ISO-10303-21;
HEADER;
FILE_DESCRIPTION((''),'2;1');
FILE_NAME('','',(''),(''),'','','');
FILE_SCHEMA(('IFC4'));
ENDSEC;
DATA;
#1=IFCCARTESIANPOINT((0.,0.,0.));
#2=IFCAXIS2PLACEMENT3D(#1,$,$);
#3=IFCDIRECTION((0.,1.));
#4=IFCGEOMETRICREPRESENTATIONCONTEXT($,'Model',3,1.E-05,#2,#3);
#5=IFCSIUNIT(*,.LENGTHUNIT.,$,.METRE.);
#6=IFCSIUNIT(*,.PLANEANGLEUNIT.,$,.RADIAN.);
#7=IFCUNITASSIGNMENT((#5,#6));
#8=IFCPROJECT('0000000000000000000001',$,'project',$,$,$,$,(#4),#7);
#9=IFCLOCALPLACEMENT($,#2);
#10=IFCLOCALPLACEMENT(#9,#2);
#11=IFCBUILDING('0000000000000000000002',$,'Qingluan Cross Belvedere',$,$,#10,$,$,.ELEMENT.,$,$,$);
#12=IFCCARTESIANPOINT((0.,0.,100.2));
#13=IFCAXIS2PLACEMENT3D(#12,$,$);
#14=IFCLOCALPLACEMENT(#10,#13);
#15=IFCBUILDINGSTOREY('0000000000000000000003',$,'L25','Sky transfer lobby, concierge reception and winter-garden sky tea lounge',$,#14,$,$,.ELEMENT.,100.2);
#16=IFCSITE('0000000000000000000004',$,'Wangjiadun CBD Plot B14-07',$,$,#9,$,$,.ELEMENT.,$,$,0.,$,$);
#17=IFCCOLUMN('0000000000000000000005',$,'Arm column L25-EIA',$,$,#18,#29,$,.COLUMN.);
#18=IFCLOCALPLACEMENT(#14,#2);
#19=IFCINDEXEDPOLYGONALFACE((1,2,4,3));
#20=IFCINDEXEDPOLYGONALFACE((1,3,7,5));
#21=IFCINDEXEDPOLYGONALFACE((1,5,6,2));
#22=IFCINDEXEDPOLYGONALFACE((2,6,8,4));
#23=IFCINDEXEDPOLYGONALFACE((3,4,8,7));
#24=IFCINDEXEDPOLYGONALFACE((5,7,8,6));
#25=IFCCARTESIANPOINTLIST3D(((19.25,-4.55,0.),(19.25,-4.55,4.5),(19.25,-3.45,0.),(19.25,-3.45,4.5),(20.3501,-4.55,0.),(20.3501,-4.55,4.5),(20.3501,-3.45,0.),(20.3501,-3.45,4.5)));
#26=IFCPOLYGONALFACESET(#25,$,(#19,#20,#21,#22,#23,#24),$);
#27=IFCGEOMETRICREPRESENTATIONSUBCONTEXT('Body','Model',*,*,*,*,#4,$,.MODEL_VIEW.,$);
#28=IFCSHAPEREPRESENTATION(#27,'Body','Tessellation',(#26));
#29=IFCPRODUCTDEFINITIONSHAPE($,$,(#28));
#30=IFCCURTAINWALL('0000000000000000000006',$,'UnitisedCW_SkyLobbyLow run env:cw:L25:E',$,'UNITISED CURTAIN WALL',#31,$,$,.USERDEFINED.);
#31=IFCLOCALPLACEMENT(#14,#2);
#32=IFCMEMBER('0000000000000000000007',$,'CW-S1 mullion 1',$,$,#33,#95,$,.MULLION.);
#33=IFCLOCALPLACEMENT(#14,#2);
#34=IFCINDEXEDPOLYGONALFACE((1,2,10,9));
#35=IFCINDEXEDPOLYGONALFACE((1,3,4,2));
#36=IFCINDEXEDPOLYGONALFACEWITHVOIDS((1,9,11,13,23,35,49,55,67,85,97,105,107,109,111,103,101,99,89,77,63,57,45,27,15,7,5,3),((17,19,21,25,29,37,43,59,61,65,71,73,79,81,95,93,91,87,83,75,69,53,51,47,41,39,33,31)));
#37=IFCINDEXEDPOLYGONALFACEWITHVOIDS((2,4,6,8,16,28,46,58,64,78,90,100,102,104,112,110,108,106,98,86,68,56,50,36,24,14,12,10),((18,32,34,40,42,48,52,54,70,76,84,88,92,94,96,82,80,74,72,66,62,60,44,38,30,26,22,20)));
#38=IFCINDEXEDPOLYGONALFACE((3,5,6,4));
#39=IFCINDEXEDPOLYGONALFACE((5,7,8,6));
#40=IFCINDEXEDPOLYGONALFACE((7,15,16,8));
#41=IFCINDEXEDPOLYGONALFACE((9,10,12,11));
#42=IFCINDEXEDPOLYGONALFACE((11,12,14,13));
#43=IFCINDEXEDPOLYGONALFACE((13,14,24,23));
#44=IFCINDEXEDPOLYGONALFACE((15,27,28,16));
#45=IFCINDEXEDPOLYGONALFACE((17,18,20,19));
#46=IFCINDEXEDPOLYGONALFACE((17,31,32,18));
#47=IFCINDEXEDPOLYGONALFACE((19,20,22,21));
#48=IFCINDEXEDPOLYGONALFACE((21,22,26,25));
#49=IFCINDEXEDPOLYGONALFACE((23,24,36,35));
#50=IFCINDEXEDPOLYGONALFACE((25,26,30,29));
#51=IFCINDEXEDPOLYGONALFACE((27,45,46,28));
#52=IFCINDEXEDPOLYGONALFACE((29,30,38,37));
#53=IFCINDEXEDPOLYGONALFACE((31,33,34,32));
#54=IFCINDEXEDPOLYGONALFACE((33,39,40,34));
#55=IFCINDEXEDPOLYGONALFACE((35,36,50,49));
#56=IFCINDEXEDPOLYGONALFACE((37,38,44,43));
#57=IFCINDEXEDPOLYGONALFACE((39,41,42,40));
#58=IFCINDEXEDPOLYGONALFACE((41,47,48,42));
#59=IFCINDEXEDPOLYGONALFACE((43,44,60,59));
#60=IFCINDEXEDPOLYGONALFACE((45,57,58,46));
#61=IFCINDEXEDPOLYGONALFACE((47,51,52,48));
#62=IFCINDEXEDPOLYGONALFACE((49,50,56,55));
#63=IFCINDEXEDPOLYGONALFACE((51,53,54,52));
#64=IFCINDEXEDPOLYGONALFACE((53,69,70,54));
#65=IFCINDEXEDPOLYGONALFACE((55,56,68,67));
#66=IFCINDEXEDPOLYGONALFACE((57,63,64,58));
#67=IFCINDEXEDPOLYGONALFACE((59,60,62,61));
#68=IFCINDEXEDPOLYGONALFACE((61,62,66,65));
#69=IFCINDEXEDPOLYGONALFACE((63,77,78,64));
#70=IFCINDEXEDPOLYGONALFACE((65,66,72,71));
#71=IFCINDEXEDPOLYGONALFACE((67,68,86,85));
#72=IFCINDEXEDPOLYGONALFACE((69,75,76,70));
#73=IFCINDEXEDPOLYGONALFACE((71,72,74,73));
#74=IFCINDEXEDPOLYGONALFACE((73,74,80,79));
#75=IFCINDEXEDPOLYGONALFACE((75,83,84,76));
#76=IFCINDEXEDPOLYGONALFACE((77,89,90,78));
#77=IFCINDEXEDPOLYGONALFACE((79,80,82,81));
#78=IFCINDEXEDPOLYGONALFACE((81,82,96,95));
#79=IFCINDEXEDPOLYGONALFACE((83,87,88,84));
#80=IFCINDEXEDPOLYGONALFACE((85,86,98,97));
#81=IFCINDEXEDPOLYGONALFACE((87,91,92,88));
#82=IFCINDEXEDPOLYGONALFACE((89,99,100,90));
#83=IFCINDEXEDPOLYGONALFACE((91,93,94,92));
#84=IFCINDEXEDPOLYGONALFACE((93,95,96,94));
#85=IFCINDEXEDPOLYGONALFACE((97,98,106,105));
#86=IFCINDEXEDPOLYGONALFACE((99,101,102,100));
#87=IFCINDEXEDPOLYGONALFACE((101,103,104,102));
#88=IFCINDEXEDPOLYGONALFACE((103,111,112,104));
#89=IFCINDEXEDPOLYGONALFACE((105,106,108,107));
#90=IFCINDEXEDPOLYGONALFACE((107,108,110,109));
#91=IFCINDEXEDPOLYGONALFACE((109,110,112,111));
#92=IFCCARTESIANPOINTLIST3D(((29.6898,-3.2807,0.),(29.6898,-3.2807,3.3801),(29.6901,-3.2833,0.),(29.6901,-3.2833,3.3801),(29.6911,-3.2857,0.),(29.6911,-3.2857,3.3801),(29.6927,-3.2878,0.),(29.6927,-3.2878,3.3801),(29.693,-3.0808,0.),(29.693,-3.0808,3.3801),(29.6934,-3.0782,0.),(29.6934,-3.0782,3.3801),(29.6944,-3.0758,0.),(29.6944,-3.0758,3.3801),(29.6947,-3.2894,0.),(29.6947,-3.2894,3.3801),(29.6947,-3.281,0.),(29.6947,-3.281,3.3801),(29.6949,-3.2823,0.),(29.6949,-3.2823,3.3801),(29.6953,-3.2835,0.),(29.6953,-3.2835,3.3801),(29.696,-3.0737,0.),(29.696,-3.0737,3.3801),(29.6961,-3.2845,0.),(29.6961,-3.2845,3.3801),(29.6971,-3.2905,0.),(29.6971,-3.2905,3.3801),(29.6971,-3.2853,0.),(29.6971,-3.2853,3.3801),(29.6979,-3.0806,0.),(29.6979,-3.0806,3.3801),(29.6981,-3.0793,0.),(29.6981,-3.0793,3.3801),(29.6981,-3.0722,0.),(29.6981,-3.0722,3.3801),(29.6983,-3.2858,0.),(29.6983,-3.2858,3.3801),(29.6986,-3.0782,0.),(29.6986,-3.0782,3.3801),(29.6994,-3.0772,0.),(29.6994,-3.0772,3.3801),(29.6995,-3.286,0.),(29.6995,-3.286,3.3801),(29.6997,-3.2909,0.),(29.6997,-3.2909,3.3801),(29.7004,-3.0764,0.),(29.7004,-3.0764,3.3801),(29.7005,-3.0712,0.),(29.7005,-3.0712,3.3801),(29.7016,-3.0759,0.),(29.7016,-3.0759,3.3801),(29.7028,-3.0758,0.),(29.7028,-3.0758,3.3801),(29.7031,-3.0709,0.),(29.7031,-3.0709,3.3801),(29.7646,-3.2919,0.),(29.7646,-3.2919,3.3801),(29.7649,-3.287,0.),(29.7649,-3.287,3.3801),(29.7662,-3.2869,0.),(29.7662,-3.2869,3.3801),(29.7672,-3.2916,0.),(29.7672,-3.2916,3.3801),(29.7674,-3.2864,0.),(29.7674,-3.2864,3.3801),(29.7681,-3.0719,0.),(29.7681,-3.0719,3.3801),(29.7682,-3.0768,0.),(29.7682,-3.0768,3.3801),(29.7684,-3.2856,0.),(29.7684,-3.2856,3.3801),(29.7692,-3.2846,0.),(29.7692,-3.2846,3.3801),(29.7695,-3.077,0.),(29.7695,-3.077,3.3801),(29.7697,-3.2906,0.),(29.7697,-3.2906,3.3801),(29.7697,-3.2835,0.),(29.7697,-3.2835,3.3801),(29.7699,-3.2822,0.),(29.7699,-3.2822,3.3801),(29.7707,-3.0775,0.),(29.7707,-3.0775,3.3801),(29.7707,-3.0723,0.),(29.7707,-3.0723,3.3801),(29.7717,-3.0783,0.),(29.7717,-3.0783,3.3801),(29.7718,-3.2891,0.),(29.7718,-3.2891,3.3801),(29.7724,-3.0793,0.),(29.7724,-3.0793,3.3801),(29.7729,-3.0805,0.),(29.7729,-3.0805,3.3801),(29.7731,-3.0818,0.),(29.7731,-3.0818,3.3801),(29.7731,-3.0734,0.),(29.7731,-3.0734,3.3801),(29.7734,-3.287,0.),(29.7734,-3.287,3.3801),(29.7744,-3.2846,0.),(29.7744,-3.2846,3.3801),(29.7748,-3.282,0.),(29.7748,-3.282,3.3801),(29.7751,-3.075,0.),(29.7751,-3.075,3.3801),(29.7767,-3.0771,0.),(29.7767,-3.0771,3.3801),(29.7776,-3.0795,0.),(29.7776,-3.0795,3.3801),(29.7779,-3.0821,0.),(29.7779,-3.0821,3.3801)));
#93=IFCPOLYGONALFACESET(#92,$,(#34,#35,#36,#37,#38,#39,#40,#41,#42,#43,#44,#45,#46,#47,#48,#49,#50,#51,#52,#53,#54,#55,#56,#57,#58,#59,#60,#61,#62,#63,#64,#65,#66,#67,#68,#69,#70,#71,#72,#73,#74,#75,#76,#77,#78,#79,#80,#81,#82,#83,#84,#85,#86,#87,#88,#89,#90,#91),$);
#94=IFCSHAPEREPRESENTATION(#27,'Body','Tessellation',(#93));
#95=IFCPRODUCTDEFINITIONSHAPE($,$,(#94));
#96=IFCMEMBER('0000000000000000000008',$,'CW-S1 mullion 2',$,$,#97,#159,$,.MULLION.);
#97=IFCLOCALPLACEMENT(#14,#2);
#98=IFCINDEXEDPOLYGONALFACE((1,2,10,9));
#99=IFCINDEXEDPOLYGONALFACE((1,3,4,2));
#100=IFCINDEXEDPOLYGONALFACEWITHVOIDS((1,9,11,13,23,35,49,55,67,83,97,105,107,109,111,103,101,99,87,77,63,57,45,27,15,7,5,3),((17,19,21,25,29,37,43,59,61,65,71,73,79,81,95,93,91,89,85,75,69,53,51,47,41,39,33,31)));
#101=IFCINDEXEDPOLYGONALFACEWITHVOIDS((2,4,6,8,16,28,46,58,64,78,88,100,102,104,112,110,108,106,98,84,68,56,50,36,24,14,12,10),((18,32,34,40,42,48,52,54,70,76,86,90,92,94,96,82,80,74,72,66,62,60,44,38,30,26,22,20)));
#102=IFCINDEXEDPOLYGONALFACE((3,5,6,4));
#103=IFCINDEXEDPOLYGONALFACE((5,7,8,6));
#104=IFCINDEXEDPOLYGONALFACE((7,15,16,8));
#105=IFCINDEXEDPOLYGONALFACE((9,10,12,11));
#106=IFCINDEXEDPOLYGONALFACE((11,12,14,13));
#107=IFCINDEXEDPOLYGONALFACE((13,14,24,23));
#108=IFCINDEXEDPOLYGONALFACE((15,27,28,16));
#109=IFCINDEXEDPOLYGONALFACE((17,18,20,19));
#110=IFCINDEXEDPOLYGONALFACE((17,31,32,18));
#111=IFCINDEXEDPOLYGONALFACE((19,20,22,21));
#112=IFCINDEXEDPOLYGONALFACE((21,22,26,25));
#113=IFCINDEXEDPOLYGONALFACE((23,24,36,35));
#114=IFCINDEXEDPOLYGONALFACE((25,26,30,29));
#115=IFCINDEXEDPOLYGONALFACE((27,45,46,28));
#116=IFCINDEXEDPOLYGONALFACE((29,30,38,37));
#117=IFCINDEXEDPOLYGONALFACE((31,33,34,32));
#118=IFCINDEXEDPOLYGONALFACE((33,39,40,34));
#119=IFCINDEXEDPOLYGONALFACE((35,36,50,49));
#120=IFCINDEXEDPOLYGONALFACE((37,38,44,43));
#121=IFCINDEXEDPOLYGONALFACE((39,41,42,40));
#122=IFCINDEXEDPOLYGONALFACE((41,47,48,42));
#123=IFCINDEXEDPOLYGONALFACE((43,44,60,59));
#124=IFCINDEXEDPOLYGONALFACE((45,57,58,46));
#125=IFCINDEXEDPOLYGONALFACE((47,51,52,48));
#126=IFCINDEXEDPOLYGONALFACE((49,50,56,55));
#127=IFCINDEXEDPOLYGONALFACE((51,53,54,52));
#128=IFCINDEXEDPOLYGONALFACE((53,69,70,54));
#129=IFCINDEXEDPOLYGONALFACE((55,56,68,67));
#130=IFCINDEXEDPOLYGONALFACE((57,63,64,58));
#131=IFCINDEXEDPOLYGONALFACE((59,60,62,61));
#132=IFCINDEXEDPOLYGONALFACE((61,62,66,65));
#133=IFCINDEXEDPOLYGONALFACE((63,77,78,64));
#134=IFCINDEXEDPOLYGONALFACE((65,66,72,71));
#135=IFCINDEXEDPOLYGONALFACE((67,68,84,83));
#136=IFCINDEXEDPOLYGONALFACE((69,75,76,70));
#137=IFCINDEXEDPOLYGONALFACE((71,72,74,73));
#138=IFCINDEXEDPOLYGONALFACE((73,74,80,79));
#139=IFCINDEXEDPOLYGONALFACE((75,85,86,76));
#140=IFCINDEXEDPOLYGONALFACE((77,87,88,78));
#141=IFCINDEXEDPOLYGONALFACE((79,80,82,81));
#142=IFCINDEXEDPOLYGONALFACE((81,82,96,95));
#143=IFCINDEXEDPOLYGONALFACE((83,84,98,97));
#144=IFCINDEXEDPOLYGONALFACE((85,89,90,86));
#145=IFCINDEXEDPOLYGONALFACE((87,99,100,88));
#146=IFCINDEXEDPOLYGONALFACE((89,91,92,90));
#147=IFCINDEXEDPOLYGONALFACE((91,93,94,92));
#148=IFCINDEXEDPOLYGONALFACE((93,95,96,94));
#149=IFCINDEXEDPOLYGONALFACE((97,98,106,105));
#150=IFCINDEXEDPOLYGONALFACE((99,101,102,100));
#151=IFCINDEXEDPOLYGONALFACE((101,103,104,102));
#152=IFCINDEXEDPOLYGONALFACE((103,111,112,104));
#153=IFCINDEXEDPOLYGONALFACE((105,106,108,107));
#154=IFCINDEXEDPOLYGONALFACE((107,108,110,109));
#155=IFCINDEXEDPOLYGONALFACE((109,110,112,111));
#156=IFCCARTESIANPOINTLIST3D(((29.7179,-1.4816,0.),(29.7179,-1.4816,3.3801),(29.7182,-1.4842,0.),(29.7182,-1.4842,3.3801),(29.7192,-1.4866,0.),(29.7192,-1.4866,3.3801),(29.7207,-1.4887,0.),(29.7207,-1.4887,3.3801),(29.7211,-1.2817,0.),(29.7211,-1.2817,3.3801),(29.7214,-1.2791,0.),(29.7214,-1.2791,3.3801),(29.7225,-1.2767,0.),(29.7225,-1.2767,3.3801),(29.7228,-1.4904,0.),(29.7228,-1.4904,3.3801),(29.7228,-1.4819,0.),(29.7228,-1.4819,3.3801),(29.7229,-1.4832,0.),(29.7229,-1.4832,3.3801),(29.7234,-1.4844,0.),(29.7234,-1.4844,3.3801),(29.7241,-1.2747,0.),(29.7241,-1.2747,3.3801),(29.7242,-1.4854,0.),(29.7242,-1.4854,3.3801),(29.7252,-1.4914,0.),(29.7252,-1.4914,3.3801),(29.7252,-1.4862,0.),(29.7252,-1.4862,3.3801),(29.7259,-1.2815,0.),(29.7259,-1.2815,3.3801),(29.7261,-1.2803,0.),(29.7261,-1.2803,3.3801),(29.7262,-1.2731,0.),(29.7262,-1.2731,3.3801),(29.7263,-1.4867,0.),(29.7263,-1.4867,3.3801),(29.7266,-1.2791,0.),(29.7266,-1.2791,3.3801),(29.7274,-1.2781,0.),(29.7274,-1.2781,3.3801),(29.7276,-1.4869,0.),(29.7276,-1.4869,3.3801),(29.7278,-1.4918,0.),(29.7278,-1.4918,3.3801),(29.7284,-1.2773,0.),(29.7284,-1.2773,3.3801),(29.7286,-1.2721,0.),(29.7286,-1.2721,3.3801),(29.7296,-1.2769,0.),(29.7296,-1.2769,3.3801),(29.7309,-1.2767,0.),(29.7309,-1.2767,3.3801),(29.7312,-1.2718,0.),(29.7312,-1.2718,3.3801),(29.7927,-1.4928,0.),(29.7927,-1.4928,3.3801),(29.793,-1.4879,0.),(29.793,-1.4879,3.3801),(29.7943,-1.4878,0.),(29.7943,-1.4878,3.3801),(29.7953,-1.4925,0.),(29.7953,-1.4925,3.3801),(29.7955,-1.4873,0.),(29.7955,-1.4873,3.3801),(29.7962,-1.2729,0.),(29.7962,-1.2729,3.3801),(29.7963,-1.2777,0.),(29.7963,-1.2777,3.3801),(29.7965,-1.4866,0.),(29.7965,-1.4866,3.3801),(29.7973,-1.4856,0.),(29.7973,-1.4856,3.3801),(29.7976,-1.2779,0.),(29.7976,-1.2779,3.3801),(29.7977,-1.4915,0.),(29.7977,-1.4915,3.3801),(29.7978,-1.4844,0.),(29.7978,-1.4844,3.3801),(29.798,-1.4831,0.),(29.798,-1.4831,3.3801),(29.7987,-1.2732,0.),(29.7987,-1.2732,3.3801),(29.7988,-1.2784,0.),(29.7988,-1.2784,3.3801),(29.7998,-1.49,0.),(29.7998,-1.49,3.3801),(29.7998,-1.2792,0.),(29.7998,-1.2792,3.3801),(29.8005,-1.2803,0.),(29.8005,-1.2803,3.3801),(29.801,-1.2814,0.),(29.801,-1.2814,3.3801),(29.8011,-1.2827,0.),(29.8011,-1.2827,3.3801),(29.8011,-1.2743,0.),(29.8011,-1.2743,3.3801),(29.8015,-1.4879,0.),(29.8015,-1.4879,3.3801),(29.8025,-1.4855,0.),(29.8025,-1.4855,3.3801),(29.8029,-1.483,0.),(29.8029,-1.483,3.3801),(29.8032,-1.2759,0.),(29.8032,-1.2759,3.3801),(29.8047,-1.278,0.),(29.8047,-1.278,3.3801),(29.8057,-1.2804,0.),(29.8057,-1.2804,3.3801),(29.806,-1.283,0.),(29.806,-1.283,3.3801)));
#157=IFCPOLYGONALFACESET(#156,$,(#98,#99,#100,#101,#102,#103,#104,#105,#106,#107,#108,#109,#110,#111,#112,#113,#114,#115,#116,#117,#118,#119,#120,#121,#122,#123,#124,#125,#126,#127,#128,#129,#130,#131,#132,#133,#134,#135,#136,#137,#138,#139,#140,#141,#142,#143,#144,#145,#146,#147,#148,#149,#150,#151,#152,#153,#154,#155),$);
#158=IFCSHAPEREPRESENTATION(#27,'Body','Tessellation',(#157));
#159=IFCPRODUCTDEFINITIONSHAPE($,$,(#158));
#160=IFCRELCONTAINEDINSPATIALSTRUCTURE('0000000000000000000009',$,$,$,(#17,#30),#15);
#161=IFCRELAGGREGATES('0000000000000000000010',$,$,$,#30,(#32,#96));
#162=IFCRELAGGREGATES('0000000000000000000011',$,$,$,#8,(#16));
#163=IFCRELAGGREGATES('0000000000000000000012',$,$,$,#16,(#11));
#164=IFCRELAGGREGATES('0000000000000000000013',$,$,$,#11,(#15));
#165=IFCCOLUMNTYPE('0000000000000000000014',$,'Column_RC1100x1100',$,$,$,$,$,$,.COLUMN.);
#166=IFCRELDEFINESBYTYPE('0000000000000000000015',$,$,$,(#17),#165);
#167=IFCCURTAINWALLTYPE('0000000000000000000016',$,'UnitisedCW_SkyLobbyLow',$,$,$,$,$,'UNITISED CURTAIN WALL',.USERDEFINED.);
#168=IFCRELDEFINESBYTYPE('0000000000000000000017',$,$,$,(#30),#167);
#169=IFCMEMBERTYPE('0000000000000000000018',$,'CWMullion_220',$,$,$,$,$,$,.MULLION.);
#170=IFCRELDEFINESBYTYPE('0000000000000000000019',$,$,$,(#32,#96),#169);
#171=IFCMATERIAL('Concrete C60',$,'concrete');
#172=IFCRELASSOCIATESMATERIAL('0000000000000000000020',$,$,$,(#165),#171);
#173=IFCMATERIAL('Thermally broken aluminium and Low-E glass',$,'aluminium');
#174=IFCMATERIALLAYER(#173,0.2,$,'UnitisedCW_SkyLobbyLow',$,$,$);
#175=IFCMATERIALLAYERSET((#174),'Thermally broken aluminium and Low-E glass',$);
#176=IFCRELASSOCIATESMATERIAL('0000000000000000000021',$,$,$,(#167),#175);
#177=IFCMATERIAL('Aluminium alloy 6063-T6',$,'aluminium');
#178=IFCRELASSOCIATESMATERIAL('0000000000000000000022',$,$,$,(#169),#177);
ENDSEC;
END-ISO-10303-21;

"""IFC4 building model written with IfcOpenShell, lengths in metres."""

from ifc_helpers import new_model, si_unit, direction, frame, origin, origin_2d, place, context, subcontext, project, spatial, rectangle, hollow_rectangle, extrude, material, layer, layer_set, material_profile, profile_set, type_object, element, aggregate, save


model = new_model("IFC4")

# Units and contexts
model_context = context("Model", 3, precision=1e-05, world=origin(), true_north=direction((0.0, 1.0)))
body_context = subcontext(model_context, "Body", "Model", "MODEL_VIEW")
ifc_project = project(units=[si_unit("LENGTHUNIT", "METRE"), si_unit("PLANEANGLEUNIT", "RADIAN")], contexts=[model_context])

# Site, building, storey
site_placement = place(None, origin())
site = spatial("IfcSite", under=ifc_project, at=site_placement, Name="Wangjiadun CBD Plot B14-07", CompositionType="ELEMENT", RefElevation=0.0)
building_placement = place(site_placement, origin())
building = spatial("IfcBuilding", under=site, at=building_placement, Name="Qingluan Cross Belvedere", CompositionType="ELEMENT")
storey_placement = place(building_placement, frame((0.0, 0.0, 100.2)))
storey = spatial("IfcBuildingStorey", under=building, at=storey_placement, Name="L25", Description="Sky transfer lobby, concierge reception and winter-garden sky tea lounge", CompositionType="ELEMENT", Elevation=100.2)

# Column
ifc_material_1 = material(Name="Concrete C60", Category="concrete")
ifc_material_profile_1 = material_profile(ifc_material_1, rectangle(XDim=1.1001, YDim=1.1001, at=origin_2d()), Name="RC1100x1100")
ifc_profile_set_1 = profile_set([ifc_material_profile_1], Name="Concrete C60")
column_type = type_object("IfcColumnType", Name="Column_RC1100x1100", PredefinedType="COLUMN", material=ifc_profile_set_1)
column_placement = place(storey_placement, frame((19.8, -4.0, 0.0), z_axis=(0.0, 0.0, 1.0), x_axis=(1.0, 0.0, 0.0)))
element("IfcColumn", 1, at=column_placement, inside=storey, type_object=column_type, Name="Arm column L25-EIA", PredefinedType="COLUMN", context=body_context, shape_type="SweptSolid", body=[
    extrude(rectangle(XDim=1.1001, YDim=1.1001, at=origin_2d()), origin(), (0.0, 0.0, 1.0), 4.5),
])

# Curtain wall, members
ifc_material_2 = material(Name="Thermally broken aluminium and Low-E glass", Category="aluminium")
ifc_layer_1 = layer(ifc_material_2, 0.2, Name="UnitisedCW_SkyLobbyLow")
ifc_layer_set_1 = layer_set([ifc_layer_1], Name="Thermally broken aluminium and Low-E glass")
curtain_wall_type = type_object("IfcCurtainWallType", Name="UnitisedCW_SkyLobbyLow", ElementType="UNITISED CURTAIN WALL", PredefinedType="USERDEFINED", material=ifc_layer_set_1)
curtain_wall_placement = place(storey_placement, origin())
curtain_wall = element("IfcCurtainWall", 2, at=curtain_wall_placement, inside=storey, type_object=curtain_wall_type, Name="UnitisedCW_SkyLobbyLow run env:cw:L25:E", ObjectType="UNITISED CURTAIN WALL", PredefinedType="USERDEFINED")
ifc_material_3 = material(Name="Aluminium alloy 6063-T6", Category="aluminium")
ifc_material_profile_2 = material_profile(ifc_material_3, hollow_rectangle(XDim=0.085, YDim=0.22, WallThickness=0.0049, InnerFilletRadius=0.0049, OuterFilletRadius=0.01, at=origin_2d()), Name="CWM220x85x5")
ifc_profile_set_2 = profile_set([ifc_material_profile_2], Name="Aluminium alloy 6063-T6")
member_type_1 = type_object("IfcMemberType", Name="CWMullion_220", PredefinedType="MULLION", material=ifc_profile_set_2)
member_1_placement = place(storey_placement, frame((29.7339, -3.1814, 0.0), z_axis=(0.0, 0.0, 1.0), x_axis=(-0.999877, 0.015689, 0.0)))
member_1 = element("IfcMember", 3, at=member_1_placement, type_object=member_type_1, Name="CW-S1 mullion 1", PredefinedType="MULLION", context=body_context, shape_type="SweptSolid", body=[
    extrude(hollow_rectangle(XDim=0.085, YDim=0.22, WallThickness=0.0049, InnerFilletRadius=0.0049, OuterFilletRadius=0.01, at=origin_2d()), origin(), (0.0, 0.0, 1.0), 3.3801),
])
member_2_placement = place(storey_placement, frame((29.762, -1.3823, 0.0), z_axis=(0.0, 0.0, 1.0), x_axis=(-0.999877, 0.015689, 0.0)))
member_2 = element("IfcMember", 4, at=member_2_placement, type_object=member_type_1, Name="CW-S1 mullion 2", PredefinedType="MULLION", context=body_context, shape_type="SweptSolid", body=[
    extrude(hollow_rectangle(XDim=0.085, YDim=0.22, WallThickness=0.0049, InnerFilletRadius=0.0049, OuterFilletRadius=0.01, at=origin_2d()), origin(), (0.0, 0.0, 1.0), 3.3801),
])

aggregate(curtain_wall, [member_1, member_2])

save(model, "model.ifc")
